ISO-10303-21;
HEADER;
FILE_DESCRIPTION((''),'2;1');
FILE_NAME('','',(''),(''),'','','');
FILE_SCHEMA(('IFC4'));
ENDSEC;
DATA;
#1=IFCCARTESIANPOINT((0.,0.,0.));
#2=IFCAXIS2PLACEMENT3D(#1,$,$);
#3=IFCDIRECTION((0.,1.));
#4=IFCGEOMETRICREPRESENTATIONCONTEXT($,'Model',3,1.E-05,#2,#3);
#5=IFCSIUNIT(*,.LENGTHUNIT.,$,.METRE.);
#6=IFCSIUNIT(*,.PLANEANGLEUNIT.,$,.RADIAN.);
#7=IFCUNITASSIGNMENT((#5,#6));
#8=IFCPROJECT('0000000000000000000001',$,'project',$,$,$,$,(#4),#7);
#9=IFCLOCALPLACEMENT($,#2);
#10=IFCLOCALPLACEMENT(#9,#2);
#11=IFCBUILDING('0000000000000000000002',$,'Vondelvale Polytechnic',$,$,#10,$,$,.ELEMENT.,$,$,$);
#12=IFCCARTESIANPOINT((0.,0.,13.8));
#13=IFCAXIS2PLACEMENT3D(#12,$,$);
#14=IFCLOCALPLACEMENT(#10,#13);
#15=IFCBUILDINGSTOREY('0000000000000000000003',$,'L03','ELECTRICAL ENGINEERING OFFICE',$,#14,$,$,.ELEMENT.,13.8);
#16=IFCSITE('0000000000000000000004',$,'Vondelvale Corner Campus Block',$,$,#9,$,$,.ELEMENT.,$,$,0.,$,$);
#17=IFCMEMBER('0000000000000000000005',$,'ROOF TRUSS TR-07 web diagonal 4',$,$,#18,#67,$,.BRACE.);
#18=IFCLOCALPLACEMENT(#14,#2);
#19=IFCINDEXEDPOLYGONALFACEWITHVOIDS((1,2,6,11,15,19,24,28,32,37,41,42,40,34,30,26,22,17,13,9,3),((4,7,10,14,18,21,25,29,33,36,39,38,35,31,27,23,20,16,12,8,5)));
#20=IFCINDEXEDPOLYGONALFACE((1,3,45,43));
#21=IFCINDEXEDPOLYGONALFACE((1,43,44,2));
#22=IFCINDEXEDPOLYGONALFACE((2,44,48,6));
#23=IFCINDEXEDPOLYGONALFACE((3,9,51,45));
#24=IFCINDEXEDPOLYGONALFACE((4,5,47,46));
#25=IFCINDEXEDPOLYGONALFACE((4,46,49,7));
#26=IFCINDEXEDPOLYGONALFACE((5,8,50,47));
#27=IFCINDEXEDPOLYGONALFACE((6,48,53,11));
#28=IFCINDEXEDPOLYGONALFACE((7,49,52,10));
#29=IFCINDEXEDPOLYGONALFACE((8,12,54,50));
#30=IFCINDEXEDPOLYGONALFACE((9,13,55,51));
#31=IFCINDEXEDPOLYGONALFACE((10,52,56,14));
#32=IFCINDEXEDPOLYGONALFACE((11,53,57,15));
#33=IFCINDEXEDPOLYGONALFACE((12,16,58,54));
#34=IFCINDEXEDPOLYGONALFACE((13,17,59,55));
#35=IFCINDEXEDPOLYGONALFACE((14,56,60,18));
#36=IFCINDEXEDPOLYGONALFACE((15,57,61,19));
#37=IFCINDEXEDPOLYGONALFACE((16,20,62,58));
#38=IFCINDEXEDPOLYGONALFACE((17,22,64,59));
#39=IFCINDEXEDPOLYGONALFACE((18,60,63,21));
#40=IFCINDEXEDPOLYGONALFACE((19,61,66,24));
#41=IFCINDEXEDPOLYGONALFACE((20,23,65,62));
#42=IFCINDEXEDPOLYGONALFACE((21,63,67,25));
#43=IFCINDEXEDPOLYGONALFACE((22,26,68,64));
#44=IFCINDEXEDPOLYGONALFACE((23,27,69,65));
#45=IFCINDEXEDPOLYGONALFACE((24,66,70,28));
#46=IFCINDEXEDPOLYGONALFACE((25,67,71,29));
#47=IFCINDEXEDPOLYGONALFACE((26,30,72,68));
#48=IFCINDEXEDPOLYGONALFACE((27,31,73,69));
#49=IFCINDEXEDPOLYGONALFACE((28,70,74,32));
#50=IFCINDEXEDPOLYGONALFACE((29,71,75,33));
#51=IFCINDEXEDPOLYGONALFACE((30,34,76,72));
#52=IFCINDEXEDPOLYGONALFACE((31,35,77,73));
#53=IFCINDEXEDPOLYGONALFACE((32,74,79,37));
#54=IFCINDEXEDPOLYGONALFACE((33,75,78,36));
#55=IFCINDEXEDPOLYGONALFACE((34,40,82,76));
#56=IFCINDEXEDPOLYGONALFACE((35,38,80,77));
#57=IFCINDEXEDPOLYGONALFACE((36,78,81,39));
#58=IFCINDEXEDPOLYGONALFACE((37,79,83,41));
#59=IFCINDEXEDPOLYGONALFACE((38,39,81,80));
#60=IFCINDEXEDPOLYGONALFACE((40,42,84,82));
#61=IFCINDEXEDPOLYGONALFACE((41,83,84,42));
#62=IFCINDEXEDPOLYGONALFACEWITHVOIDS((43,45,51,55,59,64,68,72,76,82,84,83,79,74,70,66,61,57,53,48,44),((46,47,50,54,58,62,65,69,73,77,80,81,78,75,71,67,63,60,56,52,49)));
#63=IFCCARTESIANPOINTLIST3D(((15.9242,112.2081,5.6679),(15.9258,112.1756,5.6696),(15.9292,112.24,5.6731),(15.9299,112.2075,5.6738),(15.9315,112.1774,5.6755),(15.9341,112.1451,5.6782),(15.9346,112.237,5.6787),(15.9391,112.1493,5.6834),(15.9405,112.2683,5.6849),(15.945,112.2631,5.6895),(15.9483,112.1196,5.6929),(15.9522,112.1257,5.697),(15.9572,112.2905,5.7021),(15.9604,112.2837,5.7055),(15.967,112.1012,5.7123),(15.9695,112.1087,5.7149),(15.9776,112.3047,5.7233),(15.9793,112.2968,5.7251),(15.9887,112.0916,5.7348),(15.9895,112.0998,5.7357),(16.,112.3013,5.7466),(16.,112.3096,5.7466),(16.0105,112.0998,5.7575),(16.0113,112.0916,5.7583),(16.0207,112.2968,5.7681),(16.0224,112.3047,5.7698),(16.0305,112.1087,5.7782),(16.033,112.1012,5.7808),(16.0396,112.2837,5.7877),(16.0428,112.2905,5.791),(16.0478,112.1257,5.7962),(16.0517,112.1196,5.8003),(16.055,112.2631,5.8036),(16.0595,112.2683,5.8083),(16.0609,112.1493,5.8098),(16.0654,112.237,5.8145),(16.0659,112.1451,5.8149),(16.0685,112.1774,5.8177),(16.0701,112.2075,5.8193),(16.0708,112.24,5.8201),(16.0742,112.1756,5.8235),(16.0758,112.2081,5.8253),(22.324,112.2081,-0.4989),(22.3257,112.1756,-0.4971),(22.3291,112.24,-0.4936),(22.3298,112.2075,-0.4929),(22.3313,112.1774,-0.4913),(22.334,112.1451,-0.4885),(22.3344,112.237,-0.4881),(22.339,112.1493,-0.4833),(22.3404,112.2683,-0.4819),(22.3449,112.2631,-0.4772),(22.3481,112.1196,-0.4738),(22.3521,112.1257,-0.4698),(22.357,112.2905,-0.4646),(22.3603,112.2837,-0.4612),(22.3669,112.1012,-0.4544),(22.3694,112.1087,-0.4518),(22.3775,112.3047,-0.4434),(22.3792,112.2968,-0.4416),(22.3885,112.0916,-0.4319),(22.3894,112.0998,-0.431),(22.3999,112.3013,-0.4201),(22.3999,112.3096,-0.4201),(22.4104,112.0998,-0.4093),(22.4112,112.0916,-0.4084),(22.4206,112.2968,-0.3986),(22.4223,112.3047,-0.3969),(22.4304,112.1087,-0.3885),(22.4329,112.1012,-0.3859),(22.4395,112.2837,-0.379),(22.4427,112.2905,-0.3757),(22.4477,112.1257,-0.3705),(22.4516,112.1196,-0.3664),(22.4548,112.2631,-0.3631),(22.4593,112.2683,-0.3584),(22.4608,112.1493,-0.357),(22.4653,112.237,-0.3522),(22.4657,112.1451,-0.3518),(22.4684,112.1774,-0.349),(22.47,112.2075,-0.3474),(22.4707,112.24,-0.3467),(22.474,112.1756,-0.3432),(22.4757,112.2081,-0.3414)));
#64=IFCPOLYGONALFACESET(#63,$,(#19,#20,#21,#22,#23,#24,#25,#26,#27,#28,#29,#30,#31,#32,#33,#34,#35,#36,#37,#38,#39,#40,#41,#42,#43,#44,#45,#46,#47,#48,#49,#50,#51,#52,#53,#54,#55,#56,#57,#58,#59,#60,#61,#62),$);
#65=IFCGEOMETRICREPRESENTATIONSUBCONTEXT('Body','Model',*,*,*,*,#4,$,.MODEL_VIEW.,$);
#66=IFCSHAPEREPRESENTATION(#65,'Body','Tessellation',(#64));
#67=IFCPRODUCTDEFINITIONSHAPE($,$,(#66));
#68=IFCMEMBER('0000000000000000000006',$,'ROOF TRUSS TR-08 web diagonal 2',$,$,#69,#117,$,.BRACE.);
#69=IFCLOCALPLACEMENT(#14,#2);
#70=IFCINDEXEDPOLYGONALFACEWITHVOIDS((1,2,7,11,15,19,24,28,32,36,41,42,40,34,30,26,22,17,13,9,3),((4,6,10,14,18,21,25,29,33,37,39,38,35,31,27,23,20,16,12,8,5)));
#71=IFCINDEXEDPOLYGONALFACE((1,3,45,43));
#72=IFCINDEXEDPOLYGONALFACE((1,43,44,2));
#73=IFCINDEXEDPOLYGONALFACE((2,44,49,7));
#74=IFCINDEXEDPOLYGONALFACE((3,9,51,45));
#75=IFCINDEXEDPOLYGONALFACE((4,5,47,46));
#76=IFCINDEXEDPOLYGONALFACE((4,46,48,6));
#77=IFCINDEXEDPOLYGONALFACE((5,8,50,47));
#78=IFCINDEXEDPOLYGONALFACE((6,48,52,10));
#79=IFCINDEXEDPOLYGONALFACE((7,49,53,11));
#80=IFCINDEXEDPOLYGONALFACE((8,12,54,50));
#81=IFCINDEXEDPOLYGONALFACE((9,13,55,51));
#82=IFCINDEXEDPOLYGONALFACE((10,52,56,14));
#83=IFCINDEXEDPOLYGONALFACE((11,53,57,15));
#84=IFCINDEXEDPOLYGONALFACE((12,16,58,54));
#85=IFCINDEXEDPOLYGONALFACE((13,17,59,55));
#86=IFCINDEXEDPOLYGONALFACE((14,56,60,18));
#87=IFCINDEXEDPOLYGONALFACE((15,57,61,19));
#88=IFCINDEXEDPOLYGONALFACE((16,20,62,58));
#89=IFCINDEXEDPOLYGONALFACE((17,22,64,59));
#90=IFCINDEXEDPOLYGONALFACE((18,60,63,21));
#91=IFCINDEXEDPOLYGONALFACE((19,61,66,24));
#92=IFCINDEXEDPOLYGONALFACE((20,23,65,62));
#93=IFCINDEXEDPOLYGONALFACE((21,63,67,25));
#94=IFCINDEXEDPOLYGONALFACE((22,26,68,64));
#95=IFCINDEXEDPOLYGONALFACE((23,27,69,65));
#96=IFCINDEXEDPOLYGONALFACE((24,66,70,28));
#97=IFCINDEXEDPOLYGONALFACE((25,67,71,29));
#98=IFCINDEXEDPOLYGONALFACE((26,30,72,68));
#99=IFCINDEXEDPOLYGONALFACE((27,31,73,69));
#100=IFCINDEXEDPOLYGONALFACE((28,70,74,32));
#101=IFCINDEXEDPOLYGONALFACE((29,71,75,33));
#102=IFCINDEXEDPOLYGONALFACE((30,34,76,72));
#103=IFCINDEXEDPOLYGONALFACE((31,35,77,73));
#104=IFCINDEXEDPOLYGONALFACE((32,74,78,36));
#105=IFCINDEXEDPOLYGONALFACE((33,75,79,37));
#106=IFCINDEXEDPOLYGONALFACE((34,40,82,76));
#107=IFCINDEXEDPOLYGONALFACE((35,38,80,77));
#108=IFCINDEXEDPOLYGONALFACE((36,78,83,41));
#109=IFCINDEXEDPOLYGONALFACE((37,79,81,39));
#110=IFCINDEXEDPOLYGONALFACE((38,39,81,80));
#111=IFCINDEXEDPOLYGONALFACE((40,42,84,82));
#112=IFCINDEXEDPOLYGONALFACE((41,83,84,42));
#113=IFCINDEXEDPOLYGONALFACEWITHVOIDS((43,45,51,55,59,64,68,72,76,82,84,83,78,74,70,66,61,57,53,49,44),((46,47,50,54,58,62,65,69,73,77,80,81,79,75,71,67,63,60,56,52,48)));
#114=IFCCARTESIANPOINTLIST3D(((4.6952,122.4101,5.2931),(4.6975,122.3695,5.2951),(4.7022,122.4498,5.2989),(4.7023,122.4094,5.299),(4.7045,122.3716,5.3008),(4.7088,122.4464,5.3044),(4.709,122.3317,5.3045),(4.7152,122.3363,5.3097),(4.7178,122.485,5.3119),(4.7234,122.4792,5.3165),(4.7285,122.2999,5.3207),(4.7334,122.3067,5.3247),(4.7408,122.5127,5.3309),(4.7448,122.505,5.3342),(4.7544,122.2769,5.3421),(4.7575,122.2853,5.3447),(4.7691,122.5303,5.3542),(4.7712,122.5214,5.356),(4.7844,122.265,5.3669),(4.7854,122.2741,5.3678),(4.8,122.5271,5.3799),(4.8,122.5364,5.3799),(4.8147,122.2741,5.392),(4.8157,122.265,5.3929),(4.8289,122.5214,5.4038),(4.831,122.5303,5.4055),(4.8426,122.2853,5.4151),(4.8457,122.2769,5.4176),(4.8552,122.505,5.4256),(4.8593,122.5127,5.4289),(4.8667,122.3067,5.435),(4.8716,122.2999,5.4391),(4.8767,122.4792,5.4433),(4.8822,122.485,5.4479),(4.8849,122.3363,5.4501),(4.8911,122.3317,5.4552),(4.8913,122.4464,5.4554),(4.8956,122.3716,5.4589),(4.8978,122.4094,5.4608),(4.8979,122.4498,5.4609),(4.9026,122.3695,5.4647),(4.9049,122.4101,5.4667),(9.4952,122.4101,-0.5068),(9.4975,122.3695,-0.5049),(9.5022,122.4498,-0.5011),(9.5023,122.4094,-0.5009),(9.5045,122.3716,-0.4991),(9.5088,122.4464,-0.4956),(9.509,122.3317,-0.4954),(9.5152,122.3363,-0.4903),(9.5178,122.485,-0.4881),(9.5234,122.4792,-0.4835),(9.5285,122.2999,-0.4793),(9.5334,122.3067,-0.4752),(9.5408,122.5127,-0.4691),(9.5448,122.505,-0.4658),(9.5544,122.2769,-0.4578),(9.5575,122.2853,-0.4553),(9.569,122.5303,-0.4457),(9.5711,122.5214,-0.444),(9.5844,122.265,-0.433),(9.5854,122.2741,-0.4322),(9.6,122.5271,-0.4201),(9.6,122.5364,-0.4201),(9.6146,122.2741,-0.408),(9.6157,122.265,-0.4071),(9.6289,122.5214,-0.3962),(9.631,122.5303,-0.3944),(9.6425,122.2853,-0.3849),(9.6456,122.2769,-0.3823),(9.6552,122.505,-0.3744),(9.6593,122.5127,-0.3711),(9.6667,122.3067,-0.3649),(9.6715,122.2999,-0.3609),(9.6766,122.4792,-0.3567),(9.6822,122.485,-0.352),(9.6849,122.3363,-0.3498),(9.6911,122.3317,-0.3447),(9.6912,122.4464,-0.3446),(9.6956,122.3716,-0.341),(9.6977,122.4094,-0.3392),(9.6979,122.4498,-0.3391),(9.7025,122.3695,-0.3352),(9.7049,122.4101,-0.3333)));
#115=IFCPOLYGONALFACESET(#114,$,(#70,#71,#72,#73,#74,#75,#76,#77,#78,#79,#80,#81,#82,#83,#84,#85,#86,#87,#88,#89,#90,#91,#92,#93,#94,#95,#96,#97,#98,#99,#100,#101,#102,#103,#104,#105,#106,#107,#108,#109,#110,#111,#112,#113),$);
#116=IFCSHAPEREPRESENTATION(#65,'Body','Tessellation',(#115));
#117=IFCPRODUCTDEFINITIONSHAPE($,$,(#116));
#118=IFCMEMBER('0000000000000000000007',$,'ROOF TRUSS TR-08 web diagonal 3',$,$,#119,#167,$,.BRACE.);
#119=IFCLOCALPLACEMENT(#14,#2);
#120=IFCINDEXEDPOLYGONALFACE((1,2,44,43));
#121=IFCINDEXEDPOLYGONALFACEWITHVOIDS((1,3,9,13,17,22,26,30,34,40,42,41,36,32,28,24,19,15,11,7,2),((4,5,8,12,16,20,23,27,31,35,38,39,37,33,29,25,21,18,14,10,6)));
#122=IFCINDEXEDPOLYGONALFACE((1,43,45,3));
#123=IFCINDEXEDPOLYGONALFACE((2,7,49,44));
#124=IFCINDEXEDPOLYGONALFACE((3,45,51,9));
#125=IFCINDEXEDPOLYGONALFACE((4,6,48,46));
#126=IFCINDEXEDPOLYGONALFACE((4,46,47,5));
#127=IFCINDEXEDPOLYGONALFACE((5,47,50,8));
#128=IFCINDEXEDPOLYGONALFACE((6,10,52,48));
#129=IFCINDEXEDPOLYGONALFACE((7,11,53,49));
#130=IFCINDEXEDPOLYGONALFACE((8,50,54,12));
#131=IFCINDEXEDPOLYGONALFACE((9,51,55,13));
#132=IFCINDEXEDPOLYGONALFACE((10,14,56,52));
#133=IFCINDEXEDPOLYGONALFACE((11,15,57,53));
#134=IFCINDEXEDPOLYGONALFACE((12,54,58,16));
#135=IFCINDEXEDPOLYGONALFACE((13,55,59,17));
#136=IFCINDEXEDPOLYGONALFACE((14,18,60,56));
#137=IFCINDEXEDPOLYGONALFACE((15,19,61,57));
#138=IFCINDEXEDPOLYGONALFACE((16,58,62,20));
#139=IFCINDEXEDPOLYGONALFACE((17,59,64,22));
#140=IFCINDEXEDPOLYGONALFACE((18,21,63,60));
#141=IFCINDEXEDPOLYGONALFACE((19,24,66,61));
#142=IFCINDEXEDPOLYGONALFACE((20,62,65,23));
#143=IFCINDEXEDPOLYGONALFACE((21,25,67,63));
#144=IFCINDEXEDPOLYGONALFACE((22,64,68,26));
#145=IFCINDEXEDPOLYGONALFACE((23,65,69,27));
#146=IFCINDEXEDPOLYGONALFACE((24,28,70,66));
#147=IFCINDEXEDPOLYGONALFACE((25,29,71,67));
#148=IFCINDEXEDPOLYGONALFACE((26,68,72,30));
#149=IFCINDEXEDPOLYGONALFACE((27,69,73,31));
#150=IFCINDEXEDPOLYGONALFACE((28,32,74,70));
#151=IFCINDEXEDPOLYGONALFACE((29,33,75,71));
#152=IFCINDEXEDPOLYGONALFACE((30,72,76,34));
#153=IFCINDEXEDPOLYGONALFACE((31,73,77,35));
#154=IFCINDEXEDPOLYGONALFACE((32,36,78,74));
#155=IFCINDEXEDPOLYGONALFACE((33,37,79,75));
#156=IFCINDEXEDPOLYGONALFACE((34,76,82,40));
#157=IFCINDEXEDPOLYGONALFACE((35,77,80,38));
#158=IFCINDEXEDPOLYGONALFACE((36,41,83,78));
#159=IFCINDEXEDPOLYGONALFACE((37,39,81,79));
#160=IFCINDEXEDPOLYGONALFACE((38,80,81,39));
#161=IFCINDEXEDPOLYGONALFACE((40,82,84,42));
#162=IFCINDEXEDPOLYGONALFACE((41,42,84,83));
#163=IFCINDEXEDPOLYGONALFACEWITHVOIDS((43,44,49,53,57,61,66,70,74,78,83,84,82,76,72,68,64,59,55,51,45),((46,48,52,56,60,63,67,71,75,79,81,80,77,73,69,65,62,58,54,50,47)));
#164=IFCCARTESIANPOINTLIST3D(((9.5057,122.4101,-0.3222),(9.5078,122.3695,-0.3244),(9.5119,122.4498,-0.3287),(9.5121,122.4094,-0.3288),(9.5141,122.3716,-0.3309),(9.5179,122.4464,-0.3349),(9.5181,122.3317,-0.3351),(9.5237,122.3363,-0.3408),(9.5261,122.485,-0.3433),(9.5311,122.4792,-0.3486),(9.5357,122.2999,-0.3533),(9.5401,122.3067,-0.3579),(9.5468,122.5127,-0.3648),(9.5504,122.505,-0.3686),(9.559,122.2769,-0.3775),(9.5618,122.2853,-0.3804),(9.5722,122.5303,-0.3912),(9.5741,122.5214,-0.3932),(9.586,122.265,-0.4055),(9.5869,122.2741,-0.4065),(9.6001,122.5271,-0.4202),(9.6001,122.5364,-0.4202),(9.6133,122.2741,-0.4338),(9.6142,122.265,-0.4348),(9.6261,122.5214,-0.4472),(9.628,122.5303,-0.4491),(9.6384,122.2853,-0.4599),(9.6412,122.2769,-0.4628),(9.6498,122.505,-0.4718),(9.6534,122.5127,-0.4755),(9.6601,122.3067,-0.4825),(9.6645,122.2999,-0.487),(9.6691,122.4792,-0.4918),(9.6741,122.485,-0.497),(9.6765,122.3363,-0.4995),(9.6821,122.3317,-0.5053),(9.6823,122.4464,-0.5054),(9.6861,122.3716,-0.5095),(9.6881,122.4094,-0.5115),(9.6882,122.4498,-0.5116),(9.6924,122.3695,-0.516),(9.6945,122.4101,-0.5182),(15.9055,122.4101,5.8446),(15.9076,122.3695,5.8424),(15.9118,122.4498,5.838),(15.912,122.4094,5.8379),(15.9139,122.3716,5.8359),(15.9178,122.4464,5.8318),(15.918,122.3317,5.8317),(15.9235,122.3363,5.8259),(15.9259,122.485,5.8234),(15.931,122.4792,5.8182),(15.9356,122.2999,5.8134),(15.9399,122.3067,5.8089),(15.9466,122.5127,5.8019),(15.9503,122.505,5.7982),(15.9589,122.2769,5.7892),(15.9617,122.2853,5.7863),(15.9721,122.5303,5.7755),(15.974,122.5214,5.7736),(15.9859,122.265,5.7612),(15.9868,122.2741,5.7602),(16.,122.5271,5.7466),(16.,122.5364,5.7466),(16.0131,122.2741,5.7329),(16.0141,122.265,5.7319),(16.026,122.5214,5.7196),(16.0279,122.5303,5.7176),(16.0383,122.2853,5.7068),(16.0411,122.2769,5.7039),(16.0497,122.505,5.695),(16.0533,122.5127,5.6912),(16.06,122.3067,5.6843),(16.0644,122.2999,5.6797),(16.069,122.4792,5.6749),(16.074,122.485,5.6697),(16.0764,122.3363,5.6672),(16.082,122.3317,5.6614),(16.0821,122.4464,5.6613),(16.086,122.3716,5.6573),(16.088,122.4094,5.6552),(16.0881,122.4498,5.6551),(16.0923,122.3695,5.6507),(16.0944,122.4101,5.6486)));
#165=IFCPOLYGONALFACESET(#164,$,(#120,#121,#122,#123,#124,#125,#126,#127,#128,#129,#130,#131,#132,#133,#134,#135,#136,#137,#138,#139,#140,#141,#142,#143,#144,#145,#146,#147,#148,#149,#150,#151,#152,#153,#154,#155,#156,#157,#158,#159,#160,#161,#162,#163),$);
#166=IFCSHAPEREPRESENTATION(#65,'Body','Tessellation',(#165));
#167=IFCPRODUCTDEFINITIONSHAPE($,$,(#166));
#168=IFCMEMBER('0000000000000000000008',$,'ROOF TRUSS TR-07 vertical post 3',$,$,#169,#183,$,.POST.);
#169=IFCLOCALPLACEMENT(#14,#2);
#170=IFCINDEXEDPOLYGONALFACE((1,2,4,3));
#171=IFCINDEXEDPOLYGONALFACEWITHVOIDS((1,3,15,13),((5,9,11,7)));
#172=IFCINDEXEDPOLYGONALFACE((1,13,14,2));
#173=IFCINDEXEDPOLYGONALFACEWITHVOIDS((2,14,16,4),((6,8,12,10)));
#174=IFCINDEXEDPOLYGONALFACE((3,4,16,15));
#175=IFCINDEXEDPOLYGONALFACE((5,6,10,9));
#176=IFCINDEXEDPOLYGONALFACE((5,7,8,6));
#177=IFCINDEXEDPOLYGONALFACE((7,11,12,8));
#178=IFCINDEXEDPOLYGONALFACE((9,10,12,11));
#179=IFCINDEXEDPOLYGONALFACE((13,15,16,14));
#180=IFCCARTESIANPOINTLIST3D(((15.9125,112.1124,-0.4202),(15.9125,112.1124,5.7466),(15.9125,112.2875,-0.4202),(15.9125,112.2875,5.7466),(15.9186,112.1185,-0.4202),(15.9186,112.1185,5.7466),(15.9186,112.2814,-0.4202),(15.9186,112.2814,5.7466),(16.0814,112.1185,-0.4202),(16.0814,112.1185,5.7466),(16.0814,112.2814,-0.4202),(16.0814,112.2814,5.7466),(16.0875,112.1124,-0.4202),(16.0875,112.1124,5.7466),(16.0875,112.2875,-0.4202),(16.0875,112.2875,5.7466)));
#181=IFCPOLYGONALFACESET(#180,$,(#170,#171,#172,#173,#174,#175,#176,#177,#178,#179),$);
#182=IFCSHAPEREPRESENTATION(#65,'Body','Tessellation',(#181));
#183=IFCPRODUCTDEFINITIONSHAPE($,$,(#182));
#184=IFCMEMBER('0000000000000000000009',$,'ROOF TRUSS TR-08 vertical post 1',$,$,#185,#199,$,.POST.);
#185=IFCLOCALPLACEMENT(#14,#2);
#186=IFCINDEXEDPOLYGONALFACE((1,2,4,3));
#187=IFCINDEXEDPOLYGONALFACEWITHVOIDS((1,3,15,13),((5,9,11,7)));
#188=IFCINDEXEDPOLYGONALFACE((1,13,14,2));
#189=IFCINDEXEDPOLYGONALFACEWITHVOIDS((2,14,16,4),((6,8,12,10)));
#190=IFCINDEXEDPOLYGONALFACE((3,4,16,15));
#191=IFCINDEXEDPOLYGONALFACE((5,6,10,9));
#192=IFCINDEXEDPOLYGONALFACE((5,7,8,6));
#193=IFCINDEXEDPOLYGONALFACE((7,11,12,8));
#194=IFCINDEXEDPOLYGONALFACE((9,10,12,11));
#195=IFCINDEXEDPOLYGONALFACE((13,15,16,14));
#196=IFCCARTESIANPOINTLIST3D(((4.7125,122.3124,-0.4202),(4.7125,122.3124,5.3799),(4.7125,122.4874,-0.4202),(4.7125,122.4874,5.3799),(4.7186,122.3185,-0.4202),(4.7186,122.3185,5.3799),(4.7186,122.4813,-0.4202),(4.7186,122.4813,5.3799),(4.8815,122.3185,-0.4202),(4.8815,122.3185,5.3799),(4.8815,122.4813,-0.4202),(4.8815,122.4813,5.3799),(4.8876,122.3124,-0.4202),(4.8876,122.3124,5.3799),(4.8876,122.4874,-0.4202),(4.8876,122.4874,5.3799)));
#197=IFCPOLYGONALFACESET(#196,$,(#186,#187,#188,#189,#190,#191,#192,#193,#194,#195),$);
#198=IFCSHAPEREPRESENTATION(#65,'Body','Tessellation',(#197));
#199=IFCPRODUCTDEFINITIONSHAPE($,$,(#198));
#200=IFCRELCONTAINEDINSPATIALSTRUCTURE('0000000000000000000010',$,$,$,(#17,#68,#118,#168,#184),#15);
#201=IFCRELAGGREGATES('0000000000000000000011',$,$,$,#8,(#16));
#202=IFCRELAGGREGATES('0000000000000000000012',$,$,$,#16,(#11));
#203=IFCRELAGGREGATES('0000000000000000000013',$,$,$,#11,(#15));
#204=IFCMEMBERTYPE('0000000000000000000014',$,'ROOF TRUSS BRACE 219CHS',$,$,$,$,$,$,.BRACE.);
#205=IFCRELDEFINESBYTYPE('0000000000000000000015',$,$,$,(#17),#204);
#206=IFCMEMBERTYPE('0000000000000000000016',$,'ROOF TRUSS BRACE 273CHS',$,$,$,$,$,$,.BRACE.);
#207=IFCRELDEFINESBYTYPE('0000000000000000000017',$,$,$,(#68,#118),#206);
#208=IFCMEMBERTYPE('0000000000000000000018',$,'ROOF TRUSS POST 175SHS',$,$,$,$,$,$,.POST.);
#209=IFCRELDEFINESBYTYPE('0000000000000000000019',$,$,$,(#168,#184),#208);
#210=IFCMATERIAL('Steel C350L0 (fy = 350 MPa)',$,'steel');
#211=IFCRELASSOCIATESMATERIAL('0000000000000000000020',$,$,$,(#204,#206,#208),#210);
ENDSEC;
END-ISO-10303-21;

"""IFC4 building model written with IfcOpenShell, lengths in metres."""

from ifc_helpers import new_model, si_unit, direction, frame, origin, origin_2d, place, context, subcontext, project, spatial, hollow_rectangle, hollow_circle, extrude, material, material_profile, profile_set, type_object, element, save


model = new_model("IFC4")

# Units and contexts
model_context = context("Model", 3, precision=1e-05, world=origin(), true_north=direction((0.0, 1.0)))
body_context = subcontext(model_context, "Body", "Model", "MODEL_VIEW")
ifc_project = project(units=[si_unit("LENGTHUNIT", "METRE"), si_unit("PLANEANGLEUNIT", "RADIAN")], contexts=[model_context])

# Site, building, storey
site_placement = place(None, origin())
site = spatial("IfcSite", under=ifc_project, at=site_placement, Name="Vondelvale Corner Campus Block", CompositionType="ELEMENT", RefElevation=0.0)
building_placement = place(site_placement, origin())
building = spatial("IfcBuilding", under=site, at=building_placement, Name="Vondelvale Polytechnic", CompositionType="ELEMENT")
storey_placement = place(building_placement, frame((0.0, 0.0, 13.8)))
storey = spatial("IfcBuildingStorey", under=building, at=storey_placement, Name="L03", Description="ELECTRICAL ENGINEERING OFFICE", CompositionType="ELEMENT", Elevation=13.8)

# Members
ifc_material_1 = material(Name="Steel C350L0 (fy = 350 MPa)", Category="steel")
ifc_material_profile_1 = material_profile(ifc_material_1, hollow_circle(Radius=0.1096, WallThickness=0.0083, at=origin_2d()), Name="219.1x8.2CHS")
ifc_profile_set_1 = profile_set([ifc_material_profile_1], Name="Steel C350L0 (fy = 350 MPa)")
member_type_1 = type_object("IfcMemberType", Name="ROOF TRUSS BRACE 219CHS", PredefinedType="BRACE", material=ifc_profile_set_1)
member_1_placement = place(storey_placement, frame((16.0, 112.2, 5.7466), z_axis=(0.720102, 0.0, -0.693868), x_axis=(0.0, 1.0, 0.0)))
element("IfcMember", 1, at=member_1_placement, inside=storey, type_object=member_type_1, Name="ROOF TRUSS TR-07 web diagonal 4", PredefinedType="BRACE", context=body_context, shape_type="SweptSolid", body=[
    extrude(hollow_circle(Radius=0.1096, WallThickness=0.0083, at=origin_2d()), origin(), (0.0, 0.0, 1.0), 8.8875),
])
ifc_material_profile_2 = material_profile(ifc_material_1, hollow_circle(Radius=0.1365, WallThickness=0.0093, at=origin_2d()), Name="273.1x9.3CHS")
ifc_profile_set_2 = profile_set([ifc_material_profile_2], Name="Steel C350L0 (fy = 350 MPa)")
member_type_2 = type_object("IfcMemberType", Name="ROOF TRUSS BRACE 273CHS", PredefinedType="BRACE", material=ifc_profile_set_2)
member_2_placement = place(storey_placement, frame((4.8, 122.3999, 5.3799), z_axis=(0.637568, 0.0, -0.770394), x_axis=(0.0, 1.0, 0.0)))
element("IfcMember", 2, at=member_2_placement, inside=storey, type_object=member_type_2, Name="ROOF TRUSS TR-08 web diagonal 2", PredefinedType="BRACE", context=body_context, shape_type="SweptSolid", body=[
    extrude(hollow_circle(Radius=0.1365, WallThickness=0.0093, at=origin_2d()), origin(), (0.0, 0.0, 1.0), 7.5286),
])
member_3_placement = place(storey_placement, frame((9.6001, 122.3999, -0.4202), z_axis=(0.720102, 0.0, 0.693868), x_axis=(0.0, 1.0, 0.0)))
element("IfcMember", 3, at=member_3_placement, inside=storey, type_object=member_type_2, Name="ROOF TRUSS TR-08 web diagonal 3", PredefinedType="BRACE", context=body_context, shape_type="SweptSolid", body=[
    extrude(hollow_circle(Radius=0.1365, WallThickness=0.0093, at=origin_2d()), origin(), (0.0, 0.0, 1.0), 8.8875),
])
ifc_material_profile_3 = material_profile(ifc_material_1, hollow_rectangle(XDim=0.175, YDim=0.175, WallThickness=0.0061, at=origin_2d()), Name="175x175x6.0SHS")
ifc_profile_set_3 = profile_set([ifc_material_profile_3], Name="Steel C350L0 (fy = 350 MPa)")
member_type_3 = type_object("IfcMemberType", Name="ROOF TRUSS POST 175SHS", PredefinedType="POST", material=ifc_profile_set_3)
member_4_placement = place(storey_placement, frame((16.0, 112.2, -0.4202), z_axis=(0.0, 0.0, 1.0), x_axis=(1.0, 0.0, 0.0)))
element("IfcMember", 4, at=member_4_placement, inside=storey, type_object=member_type_3, Name="ROOF TRUSS TR-07 vertical post 3", PredefinedType="POST", context=body_context, shape_type="SweptSolid", body=[
    extrude(hollow_rectangle(XDim=0.175, YDim=0.175, WallThickness=0.0061, at=origin_2d()), origin(), (0.0, 0.0, 1.0), 6.1667),
])
member_5_placement = place(storey_placement, frame((4.8, 122.3999, -0.4202), z_axis=(0.0, 0.0, 1.0), x_axis=(1.0, 0.0, 0.0)))
element("IfcMember", 5, at=member_5_placement, inside=storey, type_object=member_type_3, Name="ROOF TRUSS TR-08 vertical post 1", PredefinedType="POST", context=body_context, shape_type="SweptSolid", body=[
    extrude(hollow_rectangle(XDim=0.175, YDim=0.175, WallThickness=0.0061, at=origin_2d()), origin(), (0.0, 0.0, 1.0), 5.8),
])

save(model, "model.ifc")
